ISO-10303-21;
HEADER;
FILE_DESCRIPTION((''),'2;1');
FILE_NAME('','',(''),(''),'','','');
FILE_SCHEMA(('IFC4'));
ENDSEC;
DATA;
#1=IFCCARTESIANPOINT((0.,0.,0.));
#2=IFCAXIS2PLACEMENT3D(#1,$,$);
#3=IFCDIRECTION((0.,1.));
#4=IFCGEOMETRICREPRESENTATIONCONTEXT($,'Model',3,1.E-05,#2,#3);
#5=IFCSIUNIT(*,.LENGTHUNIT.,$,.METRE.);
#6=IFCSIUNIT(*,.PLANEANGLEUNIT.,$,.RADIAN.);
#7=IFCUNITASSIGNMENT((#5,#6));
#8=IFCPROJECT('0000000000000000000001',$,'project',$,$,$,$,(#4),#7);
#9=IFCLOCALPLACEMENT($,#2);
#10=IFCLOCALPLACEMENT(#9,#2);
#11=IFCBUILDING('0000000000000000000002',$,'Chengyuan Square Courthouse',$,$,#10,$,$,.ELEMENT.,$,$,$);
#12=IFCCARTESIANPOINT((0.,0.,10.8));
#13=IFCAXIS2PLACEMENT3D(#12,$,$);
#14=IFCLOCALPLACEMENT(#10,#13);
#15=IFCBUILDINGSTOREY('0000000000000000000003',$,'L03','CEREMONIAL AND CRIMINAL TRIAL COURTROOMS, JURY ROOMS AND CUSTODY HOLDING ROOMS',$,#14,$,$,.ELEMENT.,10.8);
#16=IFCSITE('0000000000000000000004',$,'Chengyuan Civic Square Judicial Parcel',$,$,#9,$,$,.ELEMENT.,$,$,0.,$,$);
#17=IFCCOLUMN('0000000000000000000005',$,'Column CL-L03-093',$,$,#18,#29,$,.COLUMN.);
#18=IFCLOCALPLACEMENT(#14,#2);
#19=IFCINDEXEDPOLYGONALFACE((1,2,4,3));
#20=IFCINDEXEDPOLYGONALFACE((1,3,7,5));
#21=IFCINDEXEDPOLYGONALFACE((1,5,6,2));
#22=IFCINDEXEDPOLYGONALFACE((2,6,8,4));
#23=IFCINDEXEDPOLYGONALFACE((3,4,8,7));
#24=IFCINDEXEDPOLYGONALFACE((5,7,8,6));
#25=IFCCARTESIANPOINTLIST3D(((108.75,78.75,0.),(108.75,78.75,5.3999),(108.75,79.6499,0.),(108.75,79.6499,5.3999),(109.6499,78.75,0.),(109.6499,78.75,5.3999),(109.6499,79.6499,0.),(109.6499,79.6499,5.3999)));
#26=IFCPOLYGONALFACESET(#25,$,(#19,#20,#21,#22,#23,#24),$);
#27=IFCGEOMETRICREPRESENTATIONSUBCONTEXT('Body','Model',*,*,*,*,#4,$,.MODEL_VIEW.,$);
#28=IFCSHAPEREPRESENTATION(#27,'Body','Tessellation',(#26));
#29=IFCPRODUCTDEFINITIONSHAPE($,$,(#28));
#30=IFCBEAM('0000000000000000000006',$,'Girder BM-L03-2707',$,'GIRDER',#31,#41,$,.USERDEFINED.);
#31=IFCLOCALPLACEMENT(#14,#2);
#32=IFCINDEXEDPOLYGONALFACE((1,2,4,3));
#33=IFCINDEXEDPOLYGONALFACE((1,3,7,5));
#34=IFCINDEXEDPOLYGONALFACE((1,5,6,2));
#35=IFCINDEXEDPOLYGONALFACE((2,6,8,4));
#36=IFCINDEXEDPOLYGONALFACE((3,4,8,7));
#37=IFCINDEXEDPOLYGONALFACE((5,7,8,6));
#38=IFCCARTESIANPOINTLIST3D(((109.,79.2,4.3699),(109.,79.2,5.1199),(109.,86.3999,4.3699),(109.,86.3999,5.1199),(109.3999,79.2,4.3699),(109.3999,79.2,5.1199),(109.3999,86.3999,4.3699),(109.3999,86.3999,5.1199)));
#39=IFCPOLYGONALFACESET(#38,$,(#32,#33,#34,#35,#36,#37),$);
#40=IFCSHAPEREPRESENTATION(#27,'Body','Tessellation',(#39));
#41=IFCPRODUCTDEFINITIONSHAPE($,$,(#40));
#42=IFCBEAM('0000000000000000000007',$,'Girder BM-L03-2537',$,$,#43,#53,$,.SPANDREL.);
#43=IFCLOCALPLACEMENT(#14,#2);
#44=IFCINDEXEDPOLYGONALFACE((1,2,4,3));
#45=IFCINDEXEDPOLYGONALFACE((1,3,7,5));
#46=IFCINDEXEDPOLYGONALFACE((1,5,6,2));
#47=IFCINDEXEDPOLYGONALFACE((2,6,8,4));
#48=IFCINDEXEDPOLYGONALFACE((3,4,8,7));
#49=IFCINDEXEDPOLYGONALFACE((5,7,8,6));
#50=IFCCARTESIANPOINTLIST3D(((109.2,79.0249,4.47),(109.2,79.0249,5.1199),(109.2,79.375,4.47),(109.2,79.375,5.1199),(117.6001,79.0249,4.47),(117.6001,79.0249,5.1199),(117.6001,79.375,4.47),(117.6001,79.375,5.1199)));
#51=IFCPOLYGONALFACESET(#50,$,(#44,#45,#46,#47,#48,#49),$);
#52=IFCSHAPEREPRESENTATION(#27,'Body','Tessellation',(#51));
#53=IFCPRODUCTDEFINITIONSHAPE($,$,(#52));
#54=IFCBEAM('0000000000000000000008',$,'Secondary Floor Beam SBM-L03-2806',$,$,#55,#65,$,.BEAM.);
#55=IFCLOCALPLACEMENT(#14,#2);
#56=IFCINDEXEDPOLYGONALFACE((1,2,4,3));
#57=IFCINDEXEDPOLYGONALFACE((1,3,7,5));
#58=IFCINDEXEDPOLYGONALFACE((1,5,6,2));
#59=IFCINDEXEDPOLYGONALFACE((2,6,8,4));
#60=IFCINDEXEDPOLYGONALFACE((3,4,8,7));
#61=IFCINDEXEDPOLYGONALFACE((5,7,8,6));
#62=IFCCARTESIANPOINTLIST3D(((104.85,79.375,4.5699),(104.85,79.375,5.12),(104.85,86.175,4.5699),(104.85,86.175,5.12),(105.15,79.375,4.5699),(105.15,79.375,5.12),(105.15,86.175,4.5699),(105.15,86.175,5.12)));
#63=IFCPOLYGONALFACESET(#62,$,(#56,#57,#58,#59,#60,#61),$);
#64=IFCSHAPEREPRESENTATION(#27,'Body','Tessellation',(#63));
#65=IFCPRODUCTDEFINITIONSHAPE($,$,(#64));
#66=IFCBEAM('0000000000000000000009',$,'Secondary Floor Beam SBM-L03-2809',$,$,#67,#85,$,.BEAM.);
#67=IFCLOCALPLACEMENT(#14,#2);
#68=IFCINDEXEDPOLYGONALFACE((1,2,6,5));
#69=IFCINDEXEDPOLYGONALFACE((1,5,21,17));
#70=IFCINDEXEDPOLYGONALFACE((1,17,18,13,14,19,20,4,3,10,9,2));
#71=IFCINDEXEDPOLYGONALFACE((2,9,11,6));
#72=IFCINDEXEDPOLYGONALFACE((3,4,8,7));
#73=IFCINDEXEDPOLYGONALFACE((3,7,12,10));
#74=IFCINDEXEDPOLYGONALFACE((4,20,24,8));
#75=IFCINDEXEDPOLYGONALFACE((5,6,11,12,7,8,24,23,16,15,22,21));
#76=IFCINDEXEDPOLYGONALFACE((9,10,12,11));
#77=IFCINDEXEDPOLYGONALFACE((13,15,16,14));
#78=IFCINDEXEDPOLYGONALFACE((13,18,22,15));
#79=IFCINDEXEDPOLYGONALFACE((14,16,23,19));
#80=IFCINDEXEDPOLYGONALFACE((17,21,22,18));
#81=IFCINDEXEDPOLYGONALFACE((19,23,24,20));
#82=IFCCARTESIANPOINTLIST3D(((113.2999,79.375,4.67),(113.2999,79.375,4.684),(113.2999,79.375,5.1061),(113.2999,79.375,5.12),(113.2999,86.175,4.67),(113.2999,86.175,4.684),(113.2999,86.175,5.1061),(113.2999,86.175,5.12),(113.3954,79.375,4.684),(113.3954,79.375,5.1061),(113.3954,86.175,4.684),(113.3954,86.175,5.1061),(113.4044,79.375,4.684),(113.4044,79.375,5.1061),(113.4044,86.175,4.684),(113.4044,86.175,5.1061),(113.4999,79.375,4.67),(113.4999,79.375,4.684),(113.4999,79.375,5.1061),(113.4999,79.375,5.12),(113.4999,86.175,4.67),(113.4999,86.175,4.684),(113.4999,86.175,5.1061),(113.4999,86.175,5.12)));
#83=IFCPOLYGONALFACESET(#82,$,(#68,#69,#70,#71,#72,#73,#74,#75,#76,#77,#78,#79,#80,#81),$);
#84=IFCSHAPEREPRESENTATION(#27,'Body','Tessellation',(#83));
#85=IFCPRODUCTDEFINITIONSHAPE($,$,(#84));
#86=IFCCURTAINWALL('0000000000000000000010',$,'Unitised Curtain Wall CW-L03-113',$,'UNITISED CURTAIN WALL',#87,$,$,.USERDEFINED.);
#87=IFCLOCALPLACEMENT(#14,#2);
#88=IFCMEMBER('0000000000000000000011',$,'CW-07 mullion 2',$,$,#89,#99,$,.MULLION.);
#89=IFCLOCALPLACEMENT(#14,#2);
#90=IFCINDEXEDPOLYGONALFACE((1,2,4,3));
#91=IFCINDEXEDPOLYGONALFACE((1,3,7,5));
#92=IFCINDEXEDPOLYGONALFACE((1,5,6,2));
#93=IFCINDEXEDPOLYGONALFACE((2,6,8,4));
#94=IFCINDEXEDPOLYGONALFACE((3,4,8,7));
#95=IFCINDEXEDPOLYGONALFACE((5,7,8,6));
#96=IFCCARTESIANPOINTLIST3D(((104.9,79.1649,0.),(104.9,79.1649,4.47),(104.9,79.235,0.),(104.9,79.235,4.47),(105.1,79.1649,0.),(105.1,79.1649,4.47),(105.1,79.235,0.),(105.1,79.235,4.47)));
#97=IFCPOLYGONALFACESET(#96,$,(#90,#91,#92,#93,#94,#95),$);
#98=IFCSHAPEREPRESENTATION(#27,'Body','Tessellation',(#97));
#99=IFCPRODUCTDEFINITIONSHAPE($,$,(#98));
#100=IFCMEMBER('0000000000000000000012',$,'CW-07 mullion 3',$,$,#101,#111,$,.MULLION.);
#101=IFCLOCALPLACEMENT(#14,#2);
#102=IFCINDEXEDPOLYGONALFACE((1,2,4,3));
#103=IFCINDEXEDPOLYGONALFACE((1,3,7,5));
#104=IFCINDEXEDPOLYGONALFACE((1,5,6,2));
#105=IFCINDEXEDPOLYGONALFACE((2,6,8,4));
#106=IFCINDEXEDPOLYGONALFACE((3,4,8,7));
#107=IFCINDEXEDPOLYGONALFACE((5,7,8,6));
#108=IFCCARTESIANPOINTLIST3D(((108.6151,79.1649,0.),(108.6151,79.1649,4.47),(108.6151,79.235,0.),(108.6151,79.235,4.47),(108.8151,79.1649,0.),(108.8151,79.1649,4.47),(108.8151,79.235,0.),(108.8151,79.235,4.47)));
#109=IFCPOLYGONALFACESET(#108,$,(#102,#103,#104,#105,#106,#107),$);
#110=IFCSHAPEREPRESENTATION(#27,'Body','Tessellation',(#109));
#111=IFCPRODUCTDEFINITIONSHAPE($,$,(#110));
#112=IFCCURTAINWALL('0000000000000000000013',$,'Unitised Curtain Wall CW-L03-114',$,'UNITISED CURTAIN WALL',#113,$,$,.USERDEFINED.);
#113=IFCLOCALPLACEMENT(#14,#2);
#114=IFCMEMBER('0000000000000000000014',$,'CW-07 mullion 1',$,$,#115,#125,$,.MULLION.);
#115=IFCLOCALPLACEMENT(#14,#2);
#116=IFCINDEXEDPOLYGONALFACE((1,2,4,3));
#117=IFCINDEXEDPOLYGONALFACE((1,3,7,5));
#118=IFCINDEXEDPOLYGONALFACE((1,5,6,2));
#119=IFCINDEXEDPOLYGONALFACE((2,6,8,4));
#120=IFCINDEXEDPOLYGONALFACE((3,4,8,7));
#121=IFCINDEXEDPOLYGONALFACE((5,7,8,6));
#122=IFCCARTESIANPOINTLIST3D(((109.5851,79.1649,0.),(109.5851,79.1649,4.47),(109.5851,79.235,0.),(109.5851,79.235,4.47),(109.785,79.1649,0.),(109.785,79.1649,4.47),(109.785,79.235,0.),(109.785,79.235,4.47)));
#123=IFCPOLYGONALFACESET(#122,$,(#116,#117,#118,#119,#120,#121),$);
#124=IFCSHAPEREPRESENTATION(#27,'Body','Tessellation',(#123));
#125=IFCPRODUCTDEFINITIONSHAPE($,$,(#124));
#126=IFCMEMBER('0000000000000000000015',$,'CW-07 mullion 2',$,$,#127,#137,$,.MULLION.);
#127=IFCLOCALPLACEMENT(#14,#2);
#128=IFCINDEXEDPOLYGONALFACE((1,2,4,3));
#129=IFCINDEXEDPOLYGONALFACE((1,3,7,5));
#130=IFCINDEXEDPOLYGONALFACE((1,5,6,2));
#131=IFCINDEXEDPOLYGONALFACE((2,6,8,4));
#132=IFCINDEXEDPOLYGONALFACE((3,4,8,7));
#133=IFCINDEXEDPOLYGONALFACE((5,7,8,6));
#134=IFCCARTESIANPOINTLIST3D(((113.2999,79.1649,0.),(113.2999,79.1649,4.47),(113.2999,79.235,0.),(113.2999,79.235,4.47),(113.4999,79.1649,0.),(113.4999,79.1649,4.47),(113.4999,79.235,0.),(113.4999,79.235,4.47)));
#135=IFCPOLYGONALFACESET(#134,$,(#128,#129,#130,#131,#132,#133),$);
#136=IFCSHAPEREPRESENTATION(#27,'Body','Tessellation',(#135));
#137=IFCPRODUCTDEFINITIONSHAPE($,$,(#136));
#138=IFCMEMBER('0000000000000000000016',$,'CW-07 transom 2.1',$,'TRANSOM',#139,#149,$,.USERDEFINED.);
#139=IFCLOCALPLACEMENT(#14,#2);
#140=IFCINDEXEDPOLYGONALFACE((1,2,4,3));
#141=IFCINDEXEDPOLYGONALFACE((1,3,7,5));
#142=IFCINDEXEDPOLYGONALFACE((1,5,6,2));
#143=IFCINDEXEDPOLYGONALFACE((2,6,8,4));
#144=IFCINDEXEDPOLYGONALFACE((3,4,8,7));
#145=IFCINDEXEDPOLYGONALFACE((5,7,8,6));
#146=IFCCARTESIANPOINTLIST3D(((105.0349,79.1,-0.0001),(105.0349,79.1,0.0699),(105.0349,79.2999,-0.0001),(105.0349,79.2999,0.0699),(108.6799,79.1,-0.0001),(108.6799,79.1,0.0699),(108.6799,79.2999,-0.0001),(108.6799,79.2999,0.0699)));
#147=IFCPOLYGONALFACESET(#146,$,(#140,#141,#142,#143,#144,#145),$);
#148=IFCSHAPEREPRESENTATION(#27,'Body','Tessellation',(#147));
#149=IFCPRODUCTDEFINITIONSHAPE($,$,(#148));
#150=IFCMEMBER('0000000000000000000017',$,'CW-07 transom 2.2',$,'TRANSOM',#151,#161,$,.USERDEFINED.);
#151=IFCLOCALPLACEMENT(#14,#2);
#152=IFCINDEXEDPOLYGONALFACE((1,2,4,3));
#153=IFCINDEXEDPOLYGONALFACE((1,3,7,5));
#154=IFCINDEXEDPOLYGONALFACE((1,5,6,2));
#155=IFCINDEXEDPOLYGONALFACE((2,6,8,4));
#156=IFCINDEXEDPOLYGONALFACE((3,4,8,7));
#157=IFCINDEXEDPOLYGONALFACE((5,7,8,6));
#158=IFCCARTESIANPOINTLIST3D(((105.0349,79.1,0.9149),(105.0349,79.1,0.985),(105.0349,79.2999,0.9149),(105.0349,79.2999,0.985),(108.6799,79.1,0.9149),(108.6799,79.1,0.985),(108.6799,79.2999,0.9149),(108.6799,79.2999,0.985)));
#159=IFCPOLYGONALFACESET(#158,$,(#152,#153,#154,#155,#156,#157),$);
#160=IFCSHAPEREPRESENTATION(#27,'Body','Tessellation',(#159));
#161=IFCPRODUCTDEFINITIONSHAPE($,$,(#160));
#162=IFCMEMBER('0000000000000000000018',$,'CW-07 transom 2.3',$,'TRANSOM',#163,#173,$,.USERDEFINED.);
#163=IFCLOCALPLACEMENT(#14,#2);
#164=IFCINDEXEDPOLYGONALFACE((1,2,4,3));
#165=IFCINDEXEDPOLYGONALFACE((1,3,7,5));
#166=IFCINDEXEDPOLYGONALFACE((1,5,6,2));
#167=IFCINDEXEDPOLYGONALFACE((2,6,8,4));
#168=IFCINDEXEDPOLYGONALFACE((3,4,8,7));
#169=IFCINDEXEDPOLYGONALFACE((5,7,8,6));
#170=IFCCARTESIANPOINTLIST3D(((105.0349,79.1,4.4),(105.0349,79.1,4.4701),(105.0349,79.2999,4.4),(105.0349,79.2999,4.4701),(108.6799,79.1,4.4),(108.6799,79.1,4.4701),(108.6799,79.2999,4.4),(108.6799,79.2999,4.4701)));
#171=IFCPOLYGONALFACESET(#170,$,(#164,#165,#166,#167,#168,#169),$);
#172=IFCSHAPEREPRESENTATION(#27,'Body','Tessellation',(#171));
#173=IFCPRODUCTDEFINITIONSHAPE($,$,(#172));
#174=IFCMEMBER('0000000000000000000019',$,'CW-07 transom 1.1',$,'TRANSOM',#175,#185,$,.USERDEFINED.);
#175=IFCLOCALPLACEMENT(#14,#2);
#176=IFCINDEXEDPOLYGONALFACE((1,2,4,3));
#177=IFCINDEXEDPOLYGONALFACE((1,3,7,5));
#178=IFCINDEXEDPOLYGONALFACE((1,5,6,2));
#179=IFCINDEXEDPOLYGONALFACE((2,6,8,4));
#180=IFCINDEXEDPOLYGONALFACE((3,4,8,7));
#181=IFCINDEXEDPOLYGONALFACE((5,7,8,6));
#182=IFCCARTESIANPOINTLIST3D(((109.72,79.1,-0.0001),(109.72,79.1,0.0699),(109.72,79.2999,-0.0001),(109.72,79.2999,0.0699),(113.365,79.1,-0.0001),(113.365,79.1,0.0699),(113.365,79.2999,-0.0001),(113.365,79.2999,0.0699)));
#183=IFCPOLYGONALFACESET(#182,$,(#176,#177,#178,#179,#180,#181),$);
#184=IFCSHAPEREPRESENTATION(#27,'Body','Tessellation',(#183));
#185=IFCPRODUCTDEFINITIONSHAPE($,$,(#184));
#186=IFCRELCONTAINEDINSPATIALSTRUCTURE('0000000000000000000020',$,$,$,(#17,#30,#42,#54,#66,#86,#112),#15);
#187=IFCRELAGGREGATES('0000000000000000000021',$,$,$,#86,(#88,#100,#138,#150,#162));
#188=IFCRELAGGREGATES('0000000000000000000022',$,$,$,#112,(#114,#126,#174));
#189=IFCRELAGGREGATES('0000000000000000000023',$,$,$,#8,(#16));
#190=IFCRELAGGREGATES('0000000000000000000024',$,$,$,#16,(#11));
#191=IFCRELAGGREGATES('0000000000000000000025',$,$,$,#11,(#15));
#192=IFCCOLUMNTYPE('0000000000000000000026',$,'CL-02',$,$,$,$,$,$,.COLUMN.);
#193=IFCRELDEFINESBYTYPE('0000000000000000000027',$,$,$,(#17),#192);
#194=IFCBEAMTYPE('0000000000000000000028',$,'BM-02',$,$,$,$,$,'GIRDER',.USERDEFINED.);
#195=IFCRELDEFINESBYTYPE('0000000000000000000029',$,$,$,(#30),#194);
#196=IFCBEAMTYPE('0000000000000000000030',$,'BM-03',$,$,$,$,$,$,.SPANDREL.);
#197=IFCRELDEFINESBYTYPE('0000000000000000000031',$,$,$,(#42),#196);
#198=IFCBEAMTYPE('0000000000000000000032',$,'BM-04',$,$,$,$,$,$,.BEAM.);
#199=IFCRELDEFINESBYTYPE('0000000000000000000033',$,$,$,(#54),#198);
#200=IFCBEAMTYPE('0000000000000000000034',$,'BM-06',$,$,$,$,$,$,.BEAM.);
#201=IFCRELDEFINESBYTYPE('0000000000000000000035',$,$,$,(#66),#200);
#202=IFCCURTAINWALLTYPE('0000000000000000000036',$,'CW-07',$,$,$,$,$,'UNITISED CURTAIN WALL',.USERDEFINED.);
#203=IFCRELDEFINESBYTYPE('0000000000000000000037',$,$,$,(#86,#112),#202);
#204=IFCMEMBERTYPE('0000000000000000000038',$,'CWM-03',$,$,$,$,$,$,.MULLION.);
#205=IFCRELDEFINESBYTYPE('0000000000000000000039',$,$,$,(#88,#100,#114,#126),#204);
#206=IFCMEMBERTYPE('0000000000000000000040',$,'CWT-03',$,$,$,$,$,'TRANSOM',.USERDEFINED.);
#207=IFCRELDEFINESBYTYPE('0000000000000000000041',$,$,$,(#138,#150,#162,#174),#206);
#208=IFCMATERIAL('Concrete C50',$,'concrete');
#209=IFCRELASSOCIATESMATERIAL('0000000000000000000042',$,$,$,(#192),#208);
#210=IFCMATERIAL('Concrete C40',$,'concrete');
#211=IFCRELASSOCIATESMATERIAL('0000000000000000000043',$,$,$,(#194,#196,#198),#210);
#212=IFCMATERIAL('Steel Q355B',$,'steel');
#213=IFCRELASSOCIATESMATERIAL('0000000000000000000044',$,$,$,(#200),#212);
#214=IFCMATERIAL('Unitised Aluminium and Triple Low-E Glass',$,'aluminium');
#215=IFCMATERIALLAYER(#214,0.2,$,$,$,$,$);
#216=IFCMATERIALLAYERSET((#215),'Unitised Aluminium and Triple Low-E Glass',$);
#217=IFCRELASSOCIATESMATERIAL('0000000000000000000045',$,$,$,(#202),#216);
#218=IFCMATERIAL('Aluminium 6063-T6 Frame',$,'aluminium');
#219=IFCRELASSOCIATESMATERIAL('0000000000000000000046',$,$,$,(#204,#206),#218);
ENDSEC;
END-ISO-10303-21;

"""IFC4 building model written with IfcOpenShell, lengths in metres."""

from ifc_helpers import new_model, si_unit, direction, frame, origin, origin_2d, place, context, subcontext, project, spatial, rectangle, i_section, extrude, material, layer, layer_set, material_profile, profile_set, type_object, element, aggregate, save


model = new_model("IFC4")

# Units and contexts
model_context = context("Model", 3, precision=1e-05, world=origin(), true_north=direction((0.0, 1.0)))
body_context = subcontext(model_context, "Body", "Model", "MODEL_VIEW")
ifc_project = project(units=[si_unit("LENGTHUNIT", "METRE"), si_unit("PLANEANGLEUNIT", "RADIAN")], contexts=[model_context])

# Site, building, storey
site_placement = place(None, origin())
site = spatial("IfcSite", under=ifc_project, at=site_placement, Name="Chengyuan Civic Square Judicial Parcel", CompositionType="ELEMENT", RefElevation=0.0)
building_placement = place(site_placement, origin())
building = spatial("IfcBuilding", under=site, at=building_placement, Name="Chengyuan Square Courthouse", CompositionType="ELEMENT")
storey_placement = place(building_placement, frame((0.0, 0.0, 10.8)))
storey = spatial("IfcBuildingStorey", under=building, at=storey_placement, Name="L03", Description="CEREMONIAL AND CRIMINAL TRIAL COURTROOMS, JURY ROOMS AND CUSTODY HOLDING ROOMS", CompositionType="ELEMENT", Elevation=10.8)

# Column
ifc_material_1 = material(Name="Concrete C50", Category="concrete")
ifc_material_profile_1 = material_profile(ifc_material_1, rectangle(XDim=0.8999, YDim=0.8999, at=origin_2d()), Name="RC-COL-900x900")
ifc_profile_set_1 = profile_set([ifc_material_profile_1], Name="Concrete C50")
column_type = type_object("IfcColumnType", Name="CL-02", PredefinedType="COLUMN", material=ifc_profile_set_1)
column_placement = place(storey_placement, frame((109.2, 79.2, 0.0), z_axis=(0.0, 0.0, 1.0), x_axis=(1.0, 0.0, 0.0)))
element("IfcColumn", 1, at=column_placement, inside=storey, type_object=column_type, Name="Column CL-L03-093", PredefinedType="COLUMN", context=body_context, shape_type="SweptSolid", body=[
    extrude(rectangle(XDim=0.8999, YDim=0.8999, at=origin_2d()), origin(), (0.0, 0.0, 1.0), 5.3999),
])

# Beams
ifc_material_2 = material(Name="Concrete C40", Category="concrete")
ifc_material_profile_2 = material_profile(ifc_material_2, rectangle(XDim=0.3999, YDim=0.75, at=origin_2d()), Name="RC-BM-400x750")
ifc_profile_set_2 = profile_set([ifc_material_profile_2], Name="Concrete C40")
beam_type_1 = type_object("IfcBeamType", Name="BM-02", ElementType="GIRDER", PredefinedType="USERDEFINED", material=ifc_profile_set_2)
beam_1_placement = place(storey_placement, frame((109.2, 79.2, 4.7449), z_axis=(0.0, 1.0, 0.0), x_axis=(-1.0, 0.0, 0.0)))
element("IfcBeam", 2, at=beam_1_placement, inside=storey, type_object=beam_type_1, Name="Girder BM-L03-2707", ObjectType="GIRDER", PredefinedType="USERDEFINED", context=body_context, shape_type="SweptSolid", body=[
    extrude(rectangle(XDim=0.3999, YDim=0.75, at=origin_2d()), origin(), (0.0, 0.0, 1.0), 7.2),
])
ifc_material_profile_3 = material_profile(ifc_material_2, rectangle(XDim=0.3501, YDim=0.6499, at=origin_2d()), Name="RC-BM-350x650")
ifc_profile_set_3 = profile_set([ifc_material_profile_3], Name="Concrete C40")
beam_type_2 = type_object("IfcBeamType", Name="BM-03", PredefinedType="SPANDREL", material=ifc_profile_set_3)
beam_2_placement = place(storey_placement, frame((109.2, 79.2, 4.7949), z_axis=(1.0, 0.0, 0.0), x_axis=(0.0, 1.0, 0.0)))
element("IfcBeam", 3, at=beam_2_placement, inside=storey, type_object=beam_type_2, Name="Girder BM-L03-2537", PredefinedType="SPANDREL", context=body_context, shape_type="SweptSolid", body=[
    extrude(rectangle(XDim=0.3501, YDim=0.6499, at=origin_2d()), origin(), (0.0, 0.0, 1.0), 8.4001),
])
ifc_material_profile_4 = material_profile(ifc_material_2, rectangle(XDim=0.3, YDim=0.55, at=origin_2d()), Name="RC-BM-300x550")
ifc_profile_set_4 = profile_set([ifc_material_profile_4], Name="Concrete C40")
beam_type_3 = type_object("IfcBeamType", Name="BM-04", PredefinedType="BEAM", material=ifc_profile_set_4)
beam_3_placement = place(storey_placement, frame((105.0, 79.375, 4.845), z_axis=(0.0, 1.0, 0.0), x_axis=(-1.0, 0.0, 0.0)))
element("IfcBeam", 4, at=beam_3_placement, inside=storey, type_object=beam_type_3, Name="Secondary Floor Beam SBM-L03-2806", PredefinedType="BEAM", context=body_context, shape_type="SweptSolid", body=[
    extrude(rectangle(XDim=0.3, YDim=0.55, at=origin_2d()), origin(), (0.0, 0.0, 1.0), 6.8),
])
ifc_material_3 = material(Name="Steel Q355B", Category="steel")
ifc_material_profile_5 = material_profile(ifc_material_3, i_section(OverallWidth=0.2, OverallDepth=0.45, WebThickness=0.009, FlangeThickness=0.0139, at=origin_2d()), Name="HN 450x200x9x14")
ifc_profile_set_5 = profile_set([ifc_material_profile_5], Name="Steel Q355B")
beam_type_4 = type_object("IfcBeamType", Name="BM-06", PredefinedType="BEAM", material=ifc_profile_set_5)
beam_4_placement = place(storey_placement, frame((113.3999, 79.375, 4.895), z_axis=(0.0, 1.0, 0.0), x_axis=(-1.0, 0.0, 0.0)))
element("IfcBeam", 5, at=beam_4_placement, inside=storey, type_object=beam_type_4, Name="Secondary Floor Beam SBM-L03-2809", PredefinedType="BEAM", context=body_context, shape_type="SweptSolid", body=[
    extrude(i_section(OverallWidth=0.2, OverallDepth=0.45, WebThickness=0.009, FlangeThickness=0.0139, at=origin_2d()), origin(), (0.0, 0.0, 1.0), 6.8),
])

# Curtain walls, members
ifc_material_4 = material(Name="Unitised Aluminium and Triple Low-E Glass", Category="aluminium")
ifc_layer_1 = layer(ifc_material_4, 0.2)
ifc_layer_set_1 = layer_set([ifc_layer_1], Name="Unitised Aluminium and Triple Low-E Glass")
curtain_wall_type = type_object("IfcCurtainWallType", Name="CW-07", ElementType="UNITISED CURTAIN WALL", PredefinedType="USERDEFINED", material=ifc_layer_set_1)
curtain_wall_1_placement = place(storey_placement, origin())
curtain_wall_1 = element("IfcCurtainWall", 6, at=curtain_wall_1_placement, inside=storey, type_object=curtain_wall_type, Name="Unitised Curtain Wall CW-L03-113", ObjectType="UNITISED CURTAIN WALL", PredefinedType="USERDEFINED")
ifc_material_5 = material(Name="Aluminium 6063-T6 Frame", Category="aluminium")
ifc_material_profile_6 = material_profile(ifc_material_5, rectangle(XDim=0.0701, YDim=0.2, at=origin_2d()), Name="CW-MUL-70x200")
ifc_profile_set_6 = profile_set([ifc_material_profile_6], Name="Aluminium 6063-T6 Frame")
member_type_1 = type_object("IfcMemberType", Name="CWM-03", PredefinedType="MULLION", material=ifc_profile_set_6)
member_1_placement = place(storey_placement, frame((105.0, 79.2, 0.0), z_axis=(0.0, 0.0, 1.0), x_axis=(0.0, 1.0, 0.0)))
member_1 = element("IfcMember", 7, at=member_1_placement, type_object=member_type_1, Name="CW-07 mullion 2", PredefinedType="MULLION", context=body_context, shape_type="SweptSolid", body=[
    extrude(rectangle(XDim=0.0701, YDim=0.2, at=origin_2d()), origin(), (0.0, 0.0, 1.0), 4.47),
])
member_2_placement = place(storey_placement, frame((108.7151, 79.2, 0.0), z_axis=(0.0, 0.0, 1.0), x_axis=(0.0, 1.0, 0.0)))
member_2 = element("IfcMember", 8, at=member_2_placement, type_object=member_type_1, Name="CW-07 mullion 3", PredefinedType="MULLION", context=body_context, shape_type="SweptSolid", body=[
    extrude(rectangle(XDim=0.0701, YDim=0.2, at=origin_2d()), origin(), (0.0, 0.0, 1.0), 4.47),
])
curtain_wall_2_placement = place(storey_placement, origin())
curtain_wall_2 = element("IfcCurtainWall", 9, at=curtain_wall_2_placement, inside=storey, type_object=curtain_wall_type, Name="Unitised Curtain Wall CW-L03-114", ObjectType="UNITISED CURTAIN WALL", PredefinedType="USERDEFINED")
member_3_placement = place(storey_placement, frame((109.6851, 79.2, 0.0), z_axis=(0.0, 0.0, 1.0), x_axis=(0.0, 1.0, 0.0)))
member_3 = element("IfcMember", 10, at=member_3_placement, type_object=member_type_1, Name="CW-07 mullion 1", PredefinedType="MULLION", context=body_context, shape_type="SweptSolid", body=[
    extrude(rectangle(XDim=0.0701, YDim=0.2, at=origin_2d()), origin(), (0.0, 0.0, 1.0), 4.47),
])
member_4_placement = place(storey_placement, frame((113.3999, 79.2, 0.0), z_axis=(0.0, 0.0, 1.0), x_axis=(0.0, 1.0, 0.0)))
member_4 = element("IfcMember", 11, at=member_4_placement, type_object=member_type_1, Name="CW-07 mullion 2", PredefinedType="MULLION", context=body_context, shape_type="SweptSolid", body=[
    extrude(rectangle(XDim=0.0701, YDim=0.2, at=origin_2d()), origin(), (0.0, 0.0, 1.0), 4.47),
])

# Members
ifc_material_profile_7 = material_profile(ifc_material_5, rectangle(XDim=0.2, YDim=0.0701, at=origin_2d()), Name="CW-TRN-70x160")
ifc_profile_set_7 = profile_set([ifc_material_profile_7], Name="Aluminium 6063-T6 Frame")
member_type_2 = type_object("IfcMemberType", Name="CWT-03", ElementType="TRANSOM", PredefinedType="USERDEFINED", material=ifc_profile_set_7)
member_5_placement = place(storey_placement, frame((105.0349, 79.2, 0.0349), z_axis=(1.0, 0.0, 0.0), x_axis=(0.0, 1.0, 0.0)))
member_5 = element("IfcMember", 12, at=member_5_placement, type_object=member_type_2, Name="CW-07 transom 2.1", ObjectType="TRANSOM", PredefinedType="USERDEFINED", context=body_context, shape_type="SweptSolid", body=[
    extrude(rectangle(XDim=0.2, YDim=0.0701, at=origin_2d()), origin(), (0.0, 0.0, 1.0), 3.645),
])
member_6_placement = place(storey_placement, frame((105.0349, 79.2, 0.95), z_axis=(1.0, 0.0, 0.0), x_axis=(0.0, 1.0, 0.0)))
member_6 = element("IfcMember", 13, at=member_6_placement, type_object=member_type_2, Name="CW-07 transom 2.2", ObjectType="TRANSOM", PredefinedType="USERDEFINED", context=body_context, shape_type="SweptSolid", body=[
    extrude(rectangle(XDim=0.2, YDim=0.0701, at=origin_2d()), origin(), (0.0, 0.0, 1.0), 3.645),
])
member_7_placement = place(storey_placement, frame((105.0349, 79.2, 4.4351), z_axis=(1.0, 0.0, 0.0), x_axis=(0.0, 1.0, 0.0)))
member_7 = element("IfcMember", 14, at=member_7_placement, type_object=member_type_2, Name="CW-07 transom 2.3", ObjectType="TRANSOM", PredefinedType="USERDEFINED", context=body_context, shape_type="SweptSolid", body=[
    extrude(rectangle(XDim=0.2, YDim=0.0701, at=origin_2d()), origin(), (0.0, 0.0, 1.0), 3.645),
])
member_8_placement = place(storey_placement, frame((109.72, 79.2, 0.0349), z_axis=(1.0, 0.0, 0.0), x_axis=(0.0, 1.0, 0.0)))
member_8 = element("IfcMember", 15, at=member_8_placement, type_object=member_type_2, Name="CW-07 transom 1.1", ObjectType="TRANSOM", PredefinedType="USERDEFINED", context=body_context, shape_type="SweptSolid", body=[
    extrude(rectangle(XDim=0.2, YDim=0.0701, at=origin_2d()), origin(), (0.0, 0.0, 1.0), 3.645),
])

aggregate(curtain_wall_1, [member_1, member_2, member_5, member_6, member_7])
aggregate(curtain_wall_2, [member_3, member_4, member_8])

save(model, "model.ifc")
